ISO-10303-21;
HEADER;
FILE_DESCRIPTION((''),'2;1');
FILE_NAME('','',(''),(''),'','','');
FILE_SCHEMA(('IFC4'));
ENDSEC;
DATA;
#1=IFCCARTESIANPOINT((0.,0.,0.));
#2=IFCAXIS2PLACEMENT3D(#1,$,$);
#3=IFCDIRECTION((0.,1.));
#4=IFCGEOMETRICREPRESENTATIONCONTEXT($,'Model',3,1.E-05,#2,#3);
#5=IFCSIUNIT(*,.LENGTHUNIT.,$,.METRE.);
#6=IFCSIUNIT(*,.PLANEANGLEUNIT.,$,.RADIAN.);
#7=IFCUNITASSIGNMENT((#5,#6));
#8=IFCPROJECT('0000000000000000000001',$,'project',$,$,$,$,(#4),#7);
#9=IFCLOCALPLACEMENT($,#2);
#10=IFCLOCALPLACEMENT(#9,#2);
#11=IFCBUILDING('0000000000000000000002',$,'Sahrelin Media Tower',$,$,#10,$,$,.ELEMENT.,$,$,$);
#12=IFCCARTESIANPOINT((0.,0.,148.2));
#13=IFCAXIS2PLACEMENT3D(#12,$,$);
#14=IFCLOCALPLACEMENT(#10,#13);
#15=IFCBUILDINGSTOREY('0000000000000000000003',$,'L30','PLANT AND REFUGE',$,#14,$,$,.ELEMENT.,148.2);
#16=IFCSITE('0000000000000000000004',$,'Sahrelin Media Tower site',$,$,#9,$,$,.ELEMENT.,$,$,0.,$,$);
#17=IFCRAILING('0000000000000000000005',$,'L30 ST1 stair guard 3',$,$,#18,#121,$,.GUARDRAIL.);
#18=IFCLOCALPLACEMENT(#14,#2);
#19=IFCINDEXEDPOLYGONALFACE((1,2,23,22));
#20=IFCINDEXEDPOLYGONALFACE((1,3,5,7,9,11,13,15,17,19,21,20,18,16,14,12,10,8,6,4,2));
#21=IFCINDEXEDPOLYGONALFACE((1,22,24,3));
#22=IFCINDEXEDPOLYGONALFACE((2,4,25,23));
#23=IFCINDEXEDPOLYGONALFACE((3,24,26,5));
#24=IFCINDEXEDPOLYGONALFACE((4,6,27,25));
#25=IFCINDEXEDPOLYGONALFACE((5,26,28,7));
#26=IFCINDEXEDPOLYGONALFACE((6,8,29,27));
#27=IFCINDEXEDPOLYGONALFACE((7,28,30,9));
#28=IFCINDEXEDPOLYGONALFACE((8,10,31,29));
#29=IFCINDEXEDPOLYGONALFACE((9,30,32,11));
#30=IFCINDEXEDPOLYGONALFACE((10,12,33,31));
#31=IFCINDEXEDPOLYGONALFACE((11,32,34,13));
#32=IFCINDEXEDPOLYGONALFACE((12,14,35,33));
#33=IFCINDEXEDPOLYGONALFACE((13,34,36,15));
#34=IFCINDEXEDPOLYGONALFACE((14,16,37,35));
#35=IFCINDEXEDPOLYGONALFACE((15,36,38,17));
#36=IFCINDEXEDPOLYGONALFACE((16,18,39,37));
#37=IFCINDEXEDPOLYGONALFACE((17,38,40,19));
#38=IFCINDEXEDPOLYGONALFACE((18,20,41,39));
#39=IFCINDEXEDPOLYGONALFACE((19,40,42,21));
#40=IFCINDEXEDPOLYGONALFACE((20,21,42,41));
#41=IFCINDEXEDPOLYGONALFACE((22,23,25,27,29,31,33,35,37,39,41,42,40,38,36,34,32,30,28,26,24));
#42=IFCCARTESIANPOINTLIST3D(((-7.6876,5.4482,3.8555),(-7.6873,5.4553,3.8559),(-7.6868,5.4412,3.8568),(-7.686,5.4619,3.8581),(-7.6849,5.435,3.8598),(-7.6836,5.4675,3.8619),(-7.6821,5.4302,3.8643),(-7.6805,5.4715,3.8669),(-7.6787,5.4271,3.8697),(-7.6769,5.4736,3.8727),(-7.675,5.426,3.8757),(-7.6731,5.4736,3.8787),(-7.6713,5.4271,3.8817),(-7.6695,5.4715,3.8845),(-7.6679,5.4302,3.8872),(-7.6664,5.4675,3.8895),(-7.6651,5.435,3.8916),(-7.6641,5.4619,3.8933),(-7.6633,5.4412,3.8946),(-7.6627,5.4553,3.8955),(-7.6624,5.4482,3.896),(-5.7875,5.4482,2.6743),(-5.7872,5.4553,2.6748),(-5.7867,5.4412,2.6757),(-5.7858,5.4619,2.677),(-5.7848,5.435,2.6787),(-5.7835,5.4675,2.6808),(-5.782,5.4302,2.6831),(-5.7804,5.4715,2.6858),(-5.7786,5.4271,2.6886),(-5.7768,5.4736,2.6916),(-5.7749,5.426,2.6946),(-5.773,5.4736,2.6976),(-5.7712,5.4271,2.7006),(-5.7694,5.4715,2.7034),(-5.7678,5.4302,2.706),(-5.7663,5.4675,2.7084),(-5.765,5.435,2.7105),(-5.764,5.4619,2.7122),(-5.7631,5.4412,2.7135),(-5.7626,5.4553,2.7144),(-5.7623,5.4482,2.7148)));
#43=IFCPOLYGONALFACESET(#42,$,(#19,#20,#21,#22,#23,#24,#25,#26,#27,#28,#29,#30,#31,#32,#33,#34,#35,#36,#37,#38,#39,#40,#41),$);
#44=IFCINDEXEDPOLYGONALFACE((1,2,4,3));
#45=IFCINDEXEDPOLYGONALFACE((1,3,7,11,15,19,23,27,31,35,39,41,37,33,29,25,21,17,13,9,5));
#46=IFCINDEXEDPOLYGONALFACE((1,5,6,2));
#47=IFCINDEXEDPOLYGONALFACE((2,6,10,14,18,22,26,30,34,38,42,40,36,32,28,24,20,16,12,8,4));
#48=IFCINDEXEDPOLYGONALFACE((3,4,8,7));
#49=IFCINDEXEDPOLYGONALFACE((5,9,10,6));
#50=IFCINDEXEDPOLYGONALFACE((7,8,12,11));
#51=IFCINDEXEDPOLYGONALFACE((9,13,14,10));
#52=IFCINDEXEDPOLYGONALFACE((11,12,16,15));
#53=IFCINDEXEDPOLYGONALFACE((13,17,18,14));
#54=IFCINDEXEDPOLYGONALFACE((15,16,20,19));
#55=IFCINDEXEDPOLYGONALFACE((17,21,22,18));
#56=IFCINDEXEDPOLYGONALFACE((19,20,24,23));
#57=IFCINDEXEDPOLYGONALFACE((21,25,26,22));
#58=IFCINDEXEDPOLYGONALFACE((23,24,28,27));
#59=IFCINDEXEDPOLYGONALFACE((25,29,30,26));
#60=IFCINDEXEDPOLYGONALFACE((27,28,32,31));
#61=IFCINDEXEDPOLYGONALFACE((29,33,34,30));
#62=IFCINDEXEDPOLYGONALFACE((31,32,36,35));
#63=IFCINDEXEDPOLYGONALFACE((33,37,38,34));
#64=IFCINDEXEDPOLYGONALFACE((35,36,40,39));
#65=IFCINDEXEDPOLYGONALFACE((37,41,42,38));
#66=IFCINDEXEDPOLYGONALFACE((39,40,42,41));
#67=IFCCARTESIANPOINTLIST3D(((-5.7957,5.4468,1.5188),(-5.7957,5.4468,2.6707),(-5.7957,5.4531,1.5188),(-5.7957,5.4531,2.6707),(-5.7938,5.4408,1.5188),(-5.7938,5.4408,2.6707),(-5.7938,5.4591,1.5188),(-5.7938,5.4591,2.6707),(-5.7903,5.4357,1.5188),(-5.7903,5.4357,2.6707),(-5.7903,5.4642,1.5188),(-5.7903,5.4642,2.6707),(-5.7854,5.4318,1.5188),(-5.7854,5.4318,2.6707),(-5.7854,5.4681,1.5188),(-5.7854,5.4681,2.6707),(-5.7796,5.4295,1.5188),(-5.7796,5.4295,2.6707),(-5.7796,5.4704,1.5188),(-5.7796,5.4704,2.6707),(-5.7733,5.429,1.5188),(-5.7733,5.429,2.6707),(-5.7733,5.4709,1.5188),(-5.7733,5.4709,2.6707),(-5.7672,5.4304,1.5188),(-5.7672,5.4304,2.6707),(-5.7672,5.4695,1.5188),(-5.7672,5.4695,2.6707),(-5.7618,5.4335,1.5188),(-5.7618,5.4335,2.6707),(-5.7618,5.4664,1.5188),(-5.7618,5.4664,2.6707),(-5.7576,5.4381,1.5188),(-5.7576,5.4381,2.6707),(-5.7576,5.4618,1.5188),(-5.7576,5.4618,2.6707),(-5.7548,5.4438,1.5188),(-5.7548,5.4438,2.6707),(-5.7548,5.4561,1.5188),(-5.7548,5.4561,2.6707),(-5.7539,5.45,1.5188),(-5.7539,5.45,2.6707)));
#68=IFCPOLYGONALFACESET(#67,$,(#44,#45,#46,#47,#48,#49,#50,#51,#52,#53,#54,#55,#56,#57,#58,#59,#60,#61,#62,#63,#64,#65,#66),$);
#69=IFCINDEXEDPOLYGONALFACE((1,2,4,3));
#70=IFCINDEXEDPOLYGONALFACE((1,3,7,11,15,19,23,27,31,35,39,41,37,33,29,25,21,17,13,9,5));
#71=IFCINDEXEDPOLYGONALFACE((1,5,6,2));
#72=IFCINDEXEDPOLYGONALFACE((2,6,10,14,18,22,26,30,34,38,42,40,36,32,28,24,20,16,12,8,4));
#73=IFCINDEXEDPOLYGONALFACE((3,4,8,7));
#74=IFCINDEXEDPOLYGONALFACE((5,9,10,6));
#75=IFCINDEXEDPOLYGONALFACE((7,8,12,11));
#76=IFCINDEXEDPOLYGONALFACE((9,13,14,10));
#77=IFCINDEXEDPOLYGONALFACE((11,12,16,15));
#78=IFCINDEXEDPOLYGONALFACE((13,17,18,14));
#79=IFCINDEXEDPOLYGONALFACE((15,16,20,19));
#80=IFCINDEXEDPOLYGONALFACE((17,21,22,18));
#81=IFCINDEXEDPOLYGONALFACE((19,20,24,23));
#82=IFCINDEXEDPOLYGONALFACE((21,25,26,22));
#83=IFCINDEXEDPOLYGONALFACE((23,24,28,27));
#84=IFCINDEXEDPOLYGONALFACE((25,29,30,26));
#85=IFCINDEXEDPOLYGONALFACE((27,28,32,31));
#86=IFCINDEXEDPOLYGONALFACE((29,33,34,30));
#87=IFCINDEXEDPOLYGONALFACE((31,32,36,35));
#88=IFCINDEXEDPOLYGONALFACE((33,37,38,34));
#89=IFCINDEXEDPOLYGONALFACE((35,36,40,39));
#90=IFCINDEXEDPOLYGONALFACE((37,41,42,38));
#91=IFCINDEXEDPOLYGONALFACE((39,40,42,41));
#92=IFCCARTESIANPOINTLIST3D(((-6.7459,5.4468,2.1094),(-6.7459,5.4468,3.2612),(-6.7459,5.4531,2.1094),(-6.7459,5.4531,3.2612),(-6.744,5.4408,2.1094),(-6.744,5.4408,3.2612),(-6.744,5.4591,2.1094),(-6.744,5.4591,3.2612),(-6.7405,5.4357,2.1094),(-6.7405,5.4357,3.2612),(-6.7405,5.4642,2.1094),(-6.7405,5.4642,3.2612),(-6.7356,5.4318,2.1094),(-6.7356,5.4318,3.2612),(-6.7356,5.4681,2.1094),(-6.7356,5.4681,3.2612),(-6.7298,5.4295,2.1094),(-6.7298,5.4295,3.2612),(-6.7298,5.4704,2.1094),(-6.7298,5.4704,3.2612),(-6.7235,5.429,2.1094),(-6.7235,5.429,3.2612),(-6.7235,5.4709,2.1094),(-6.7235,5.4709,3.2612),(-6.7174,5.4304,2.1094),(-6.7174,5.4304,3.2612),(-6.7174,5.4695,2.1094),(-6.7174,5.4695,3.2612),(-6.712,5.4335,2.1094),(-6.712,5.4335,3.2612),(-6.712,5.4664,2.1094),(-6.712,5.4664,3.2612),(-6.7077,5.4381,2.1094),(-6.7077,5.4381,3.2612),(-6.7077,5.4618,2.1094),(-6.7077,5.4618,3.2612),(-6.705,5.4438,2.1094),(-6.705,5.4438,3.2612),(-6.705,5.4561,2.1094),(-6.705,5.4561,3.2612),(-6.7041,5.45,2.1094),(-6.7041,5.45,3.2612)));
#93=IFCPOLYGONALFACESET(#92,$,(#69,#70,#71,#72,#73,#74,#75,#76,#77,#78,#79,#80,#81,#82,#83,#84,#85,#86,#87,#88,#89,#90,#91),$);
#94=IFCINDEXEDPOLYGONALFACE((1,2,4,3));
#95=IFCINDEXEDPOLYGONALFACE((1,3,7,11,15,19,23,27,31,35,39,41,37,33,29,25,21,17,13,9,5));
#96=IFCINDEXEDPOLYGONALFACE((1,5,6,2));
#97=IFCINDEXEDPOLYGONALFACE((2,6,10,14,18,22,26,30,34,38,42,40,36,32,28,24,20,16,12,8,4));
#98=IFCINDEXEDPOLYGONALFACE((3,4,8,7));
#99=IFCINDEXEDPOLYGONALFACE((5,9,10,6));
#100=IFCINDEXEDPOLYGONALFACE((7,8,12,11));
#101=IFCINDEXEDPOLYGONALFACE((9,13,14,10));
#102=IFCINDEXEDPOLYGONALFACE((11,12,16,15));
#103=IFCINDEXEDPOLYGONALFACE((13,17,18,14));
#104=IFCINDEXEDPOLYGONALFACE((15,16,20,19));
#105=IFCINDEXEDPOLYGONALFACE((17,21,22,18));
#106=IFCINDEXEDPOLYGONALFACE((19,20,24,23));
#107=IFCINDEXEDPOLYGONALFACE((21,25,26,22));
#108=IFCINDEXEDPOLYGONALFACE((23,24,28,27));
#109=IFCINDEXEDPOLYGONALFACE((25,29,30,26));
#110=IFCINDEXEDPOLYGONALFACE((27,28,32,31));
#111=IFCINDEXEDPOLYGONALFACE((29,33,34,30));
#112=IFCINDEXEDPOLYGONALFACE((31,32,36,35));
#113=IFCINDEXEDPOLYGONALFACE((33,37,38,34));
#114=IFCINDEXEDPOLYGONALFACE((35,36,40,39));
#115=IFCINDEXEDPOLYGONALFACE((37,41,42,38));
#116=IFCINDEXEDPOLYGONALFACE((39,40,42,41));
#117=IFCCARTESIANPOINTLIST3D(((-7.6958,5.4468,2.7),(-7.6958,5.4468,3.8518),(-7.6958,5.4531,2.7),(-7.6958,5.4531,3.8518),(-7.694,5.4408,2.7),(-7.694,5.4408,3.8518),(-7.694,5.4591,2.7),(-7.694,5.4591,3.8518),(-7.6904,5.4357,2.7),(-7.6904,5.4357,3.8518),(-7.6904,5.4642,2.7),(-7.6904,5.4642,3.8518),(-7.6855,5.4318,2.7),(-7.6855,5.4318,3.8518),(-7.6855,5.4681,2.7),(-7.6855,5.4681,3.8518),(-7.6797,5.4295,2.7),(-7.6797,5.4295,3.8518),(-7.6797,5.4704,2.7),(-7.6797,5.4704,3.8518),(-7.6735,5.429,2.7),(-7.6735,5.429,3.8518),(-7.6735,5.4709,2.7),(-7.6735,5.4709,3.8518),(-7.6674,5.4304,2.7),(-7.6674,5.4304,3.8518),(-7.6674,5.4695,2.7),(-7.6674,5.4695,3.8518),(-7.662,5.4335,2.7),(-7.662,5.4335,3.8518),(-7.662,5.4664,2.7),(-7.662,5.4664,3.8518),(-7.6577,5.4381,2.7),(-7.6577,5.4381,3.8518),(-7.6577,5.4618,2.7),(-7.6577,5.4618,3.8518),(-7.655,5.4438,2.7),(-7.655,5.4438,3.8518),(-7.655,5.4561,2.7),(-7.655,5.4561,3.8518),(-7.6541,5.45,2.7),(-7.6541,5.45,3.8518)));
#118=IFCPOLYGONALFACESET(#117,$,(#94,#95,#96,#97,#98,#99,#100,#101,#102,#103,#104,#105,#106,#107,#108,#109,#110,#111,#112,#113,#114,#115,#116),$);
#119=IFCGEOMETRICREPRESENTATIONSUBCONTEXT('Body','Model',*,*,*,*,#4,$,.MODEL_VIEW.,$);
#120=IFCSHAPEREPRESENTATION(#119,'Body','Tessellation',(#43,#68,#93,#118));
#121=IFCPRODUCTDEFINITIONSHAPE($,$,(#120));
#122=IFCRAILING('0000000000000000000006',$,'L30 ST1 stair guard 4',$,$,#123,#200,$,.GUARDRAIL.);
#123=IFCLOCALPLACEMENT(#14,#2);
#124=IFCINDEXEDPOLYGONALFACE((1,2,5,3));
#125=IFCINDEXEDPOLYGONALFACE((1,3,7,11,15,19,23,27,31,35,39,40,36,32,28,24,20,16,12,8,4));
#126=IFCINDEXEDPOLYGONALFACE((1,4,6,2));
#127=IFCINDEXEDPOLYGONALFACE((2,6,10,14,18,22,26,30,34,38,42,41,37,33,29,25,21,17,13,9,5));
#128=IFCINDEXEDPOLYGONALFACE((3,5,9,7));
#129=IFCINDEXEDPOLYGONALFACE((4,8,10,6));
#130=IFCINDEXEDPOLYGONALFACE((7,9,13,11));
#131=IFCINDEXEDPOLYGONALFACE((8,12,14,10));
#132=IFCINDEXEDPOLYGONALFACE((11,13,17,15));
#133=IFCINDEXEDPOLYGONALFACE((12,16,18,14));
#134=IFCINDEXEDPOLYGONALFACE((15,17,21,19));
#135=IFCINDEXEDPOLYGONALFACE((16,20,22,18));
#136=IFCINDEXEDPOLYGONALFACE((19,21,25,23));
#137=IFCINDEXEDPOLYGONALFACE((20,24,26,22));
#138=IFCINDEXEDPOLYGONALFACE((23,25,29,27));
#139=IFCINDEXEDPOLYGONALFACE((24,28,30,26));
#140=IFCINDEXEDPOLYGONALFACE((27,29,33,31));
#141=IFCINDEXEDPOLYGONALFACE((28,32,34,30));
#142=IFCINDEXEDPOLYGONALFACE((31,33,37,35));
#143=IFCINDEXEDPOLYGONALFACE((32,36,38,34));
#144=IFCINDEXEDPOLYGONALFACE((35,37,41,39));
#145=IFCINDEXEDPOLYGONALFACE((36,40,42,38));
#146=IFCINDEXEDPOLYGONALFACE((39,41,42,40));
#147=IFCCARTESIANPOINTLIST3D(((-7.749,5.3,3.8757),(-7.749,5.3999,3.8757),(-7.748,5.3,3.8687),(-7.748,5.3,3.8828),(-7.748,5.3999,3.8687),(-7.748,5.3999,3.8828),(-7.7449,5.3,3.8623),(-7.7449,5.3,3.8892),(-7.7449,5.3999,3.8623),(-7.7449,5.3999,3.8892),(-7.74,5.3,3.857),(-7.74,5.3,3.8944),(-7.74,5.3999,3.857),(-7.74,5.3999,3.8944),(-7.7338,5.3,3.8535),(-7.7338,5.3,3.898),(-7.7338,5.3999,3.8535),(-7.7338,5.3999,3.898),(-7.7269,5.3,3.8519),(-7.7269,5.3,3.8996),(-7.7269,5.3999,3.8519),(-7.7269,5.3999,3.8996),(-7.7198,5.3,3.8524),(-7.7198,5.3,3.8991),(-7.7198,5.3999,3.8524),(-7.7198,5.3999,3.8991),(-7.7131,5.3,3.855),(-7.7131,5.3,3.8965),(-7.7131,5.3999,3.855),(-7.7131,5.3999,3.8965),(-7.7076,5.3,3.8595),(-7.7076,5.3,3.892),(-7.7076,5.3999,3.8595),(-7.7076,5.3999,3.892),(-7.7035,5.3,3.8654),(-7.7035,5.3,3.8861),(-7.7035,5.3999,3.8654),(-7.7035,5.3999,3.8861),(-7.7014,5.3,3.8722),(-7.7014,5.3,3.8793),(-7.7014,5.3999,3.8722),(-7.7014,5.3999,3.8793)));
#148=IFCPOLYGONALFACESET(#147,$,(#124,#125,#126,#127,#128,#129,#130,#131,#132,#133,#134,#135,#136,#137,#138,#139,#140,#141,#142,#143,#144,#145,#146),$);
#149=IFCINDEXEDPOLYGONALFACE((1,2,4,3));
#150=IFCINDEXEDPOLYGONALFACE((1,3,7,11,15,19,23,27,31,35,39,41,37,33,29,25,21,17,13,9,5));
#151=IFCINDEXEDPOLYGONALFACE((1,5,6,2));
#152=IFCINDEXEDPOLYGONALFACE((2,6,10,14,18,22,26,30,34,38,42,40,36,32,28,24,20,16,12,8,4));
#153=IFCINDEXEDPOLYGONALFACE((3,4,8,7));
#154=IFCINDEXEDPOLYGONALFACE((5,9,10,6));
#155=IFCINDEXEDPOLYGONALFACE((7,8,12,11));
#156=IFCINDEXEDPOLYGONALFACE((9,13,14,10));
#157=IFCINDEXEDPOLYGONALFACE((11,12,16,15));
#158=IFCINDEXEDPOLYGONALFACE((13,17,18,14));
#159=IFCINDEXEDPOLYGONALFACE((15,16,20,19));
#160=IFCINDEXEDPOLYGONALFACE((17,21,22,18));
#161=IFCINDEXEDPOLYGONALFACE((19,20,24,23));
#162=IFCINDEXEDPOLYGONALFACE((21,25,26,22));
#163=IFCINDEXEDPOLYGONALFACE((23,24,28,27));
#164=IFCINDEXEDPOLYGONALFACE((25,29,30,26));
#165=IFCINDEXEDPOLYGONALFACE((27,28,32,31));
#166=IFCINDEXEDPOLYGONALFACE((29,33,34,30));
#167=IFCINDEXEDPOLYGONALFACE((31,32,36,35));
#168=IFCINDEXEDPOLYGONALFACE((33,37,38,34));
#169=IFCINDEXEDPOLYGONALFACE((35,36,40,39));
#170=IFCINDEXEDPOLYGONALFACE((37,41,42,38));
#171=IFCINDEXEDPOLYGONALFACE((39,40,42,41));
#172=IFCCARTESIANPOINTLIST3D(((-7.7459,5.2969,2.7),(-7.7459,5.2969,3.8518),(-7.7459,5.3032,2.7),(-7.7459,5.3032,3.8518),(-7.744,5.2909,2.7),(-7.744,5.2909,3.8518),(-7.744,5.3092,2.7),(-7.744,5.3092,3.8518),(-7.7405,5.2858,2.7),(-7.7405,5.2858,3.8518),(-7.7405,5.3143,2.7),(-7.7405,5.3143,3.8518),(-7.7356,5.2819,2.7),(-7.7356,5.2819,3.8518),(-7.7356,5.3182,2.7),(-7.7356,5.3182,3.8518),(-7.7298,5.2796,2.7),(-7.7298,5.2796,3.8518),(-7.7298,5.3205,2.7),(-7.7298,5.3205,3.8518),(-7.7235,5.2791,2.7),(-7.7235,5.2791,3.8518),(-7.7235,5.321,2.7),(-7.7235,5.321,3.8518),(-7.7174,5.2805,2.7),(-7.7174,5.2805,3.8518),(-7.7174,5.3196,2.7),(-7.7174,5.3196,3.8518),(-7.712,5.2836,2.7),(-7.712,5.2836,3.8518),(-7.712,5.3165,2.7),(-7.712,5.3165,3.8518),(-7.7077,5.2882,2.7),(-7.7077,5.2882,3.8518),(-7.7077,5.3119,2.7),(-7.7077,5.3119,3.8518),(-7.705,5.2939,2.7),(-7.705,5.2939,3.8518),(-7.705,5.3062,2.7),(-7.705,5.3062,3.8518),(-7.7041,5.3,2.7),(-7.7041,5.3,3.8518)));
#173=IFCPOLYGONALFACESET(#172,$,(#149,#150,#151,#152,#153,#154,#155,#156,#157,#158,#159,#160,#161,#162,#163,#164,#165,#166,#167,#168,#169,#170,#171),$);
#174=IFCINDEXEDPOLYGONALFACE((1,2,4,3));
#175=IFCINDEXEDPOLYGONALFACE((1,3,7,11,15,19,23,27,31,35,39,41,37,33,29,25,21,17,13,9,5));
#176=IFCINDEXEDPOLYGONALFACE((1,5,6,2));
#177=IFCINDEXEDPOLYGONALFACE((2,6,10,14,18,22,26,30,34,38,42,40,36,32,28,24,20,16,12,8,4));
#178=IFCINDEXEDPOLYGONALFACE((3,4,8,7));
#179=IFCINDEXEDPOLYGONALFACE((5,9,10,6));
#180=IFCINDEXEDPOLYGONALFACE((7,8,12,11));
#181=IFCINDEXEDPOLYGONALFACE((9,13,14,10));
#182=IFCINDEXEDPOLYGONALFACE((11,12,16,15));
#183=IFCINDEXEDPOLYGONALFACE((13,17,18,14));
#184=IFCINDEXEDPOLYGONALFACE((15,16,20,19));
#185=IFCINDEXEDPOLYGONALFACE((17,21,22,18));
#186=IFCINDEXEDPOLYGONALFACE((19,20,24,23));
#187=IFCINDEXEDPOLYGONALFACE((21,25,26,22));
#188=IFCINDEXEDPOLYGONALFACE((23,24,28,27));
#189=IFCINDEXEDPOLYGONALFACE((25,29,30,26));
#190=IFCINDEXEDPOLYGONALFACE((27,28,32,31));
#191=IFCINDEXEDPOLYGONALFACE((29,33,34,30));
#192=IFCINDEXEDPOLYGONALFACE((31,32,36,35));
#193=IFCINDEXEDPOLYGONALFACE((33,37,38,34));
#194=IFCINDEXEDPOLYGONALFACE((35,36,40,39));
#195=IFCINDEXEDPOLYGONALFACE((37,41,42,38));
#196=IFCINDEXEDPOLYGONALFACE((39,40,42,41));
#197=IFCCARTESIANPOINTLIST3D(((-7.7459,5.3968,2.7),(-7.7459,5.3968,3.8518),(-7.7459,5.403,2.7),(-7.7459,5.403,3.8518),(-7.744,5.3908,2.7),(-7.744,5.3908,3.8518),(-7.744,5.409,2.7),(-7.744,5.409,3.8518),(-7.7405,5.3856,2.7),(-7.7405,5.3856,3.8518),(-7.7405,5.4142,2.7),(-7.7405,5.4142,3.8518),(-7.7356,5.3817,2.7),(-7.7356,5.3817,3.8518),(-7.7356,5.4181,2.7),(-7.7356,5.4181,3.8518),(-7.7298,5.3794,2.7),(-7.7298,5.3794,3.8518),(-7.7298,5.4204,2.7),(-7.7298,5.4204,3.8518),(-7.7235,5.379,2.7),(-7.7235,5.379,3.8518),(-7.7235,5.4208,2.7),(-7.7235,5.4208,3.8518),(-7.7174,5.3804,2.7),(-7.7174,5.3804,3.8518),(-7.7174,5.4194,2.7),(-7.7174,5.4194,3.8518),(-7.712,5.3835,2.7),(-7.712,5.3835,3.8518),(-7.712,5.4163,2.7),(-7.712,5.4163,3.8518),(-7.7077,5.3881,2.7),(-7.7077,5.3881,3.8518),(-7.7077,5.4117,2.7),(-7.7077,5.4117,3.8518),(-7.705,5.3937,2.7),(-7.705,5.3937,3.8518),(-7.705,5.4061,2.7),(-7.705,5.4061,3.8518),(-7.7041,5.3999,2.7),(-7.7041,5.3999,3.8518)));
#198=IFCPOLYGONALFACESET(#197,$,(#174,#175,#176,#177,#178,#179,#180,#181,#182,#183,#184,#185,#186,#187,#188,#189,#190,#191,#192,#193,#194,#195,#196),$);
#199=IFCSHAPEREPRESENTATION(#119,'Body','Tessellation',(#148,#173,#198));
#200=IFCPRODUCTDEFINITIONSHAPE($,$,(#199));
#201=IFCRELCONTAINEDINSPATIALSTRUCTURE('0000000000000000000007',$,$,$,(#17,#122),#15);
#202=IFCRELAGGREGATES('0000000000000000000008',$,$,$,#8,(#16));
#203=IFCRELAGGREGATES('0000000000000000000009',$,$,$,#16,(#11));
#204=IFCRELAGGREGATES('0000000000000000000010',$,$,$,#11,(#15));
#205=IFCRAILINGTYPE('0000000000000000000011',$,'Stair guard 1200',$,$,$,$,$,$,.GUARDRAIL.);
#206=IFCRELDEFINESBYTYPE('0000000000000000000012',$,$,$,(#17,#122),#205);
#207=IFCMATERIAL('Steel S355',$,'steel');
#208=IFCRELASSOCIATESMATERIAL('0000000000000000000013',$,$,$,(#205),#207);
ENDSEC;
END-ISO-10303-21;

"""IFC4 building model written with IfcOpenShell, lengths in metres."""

from ifc_helpers import new_model, si_unit, direction, frame, origin, origin_2d, place, context, subcontext, project, spatial, circle, extrude, material, type_object, element, save


model = new_model("IFC4")

# Units and contexts
model_context = context("Model", 3, precision=1e-05, world=origin(), true_north=direction((0.0, 1.0)))
body_context = subcontext(model_context, "Body", "Model", "MODEL_VIEW")
ifc_project = project(units=[si_unit("LENGTHUNIT", "METRE"), si_unit("PLANEANGLEUNIT", "RADIAN")], contexts=[model_context])

# Site, building, storey
site_placement = place(None, origin())
site = spatial("IfcSite", under=ifc_project, at=site_placement, Name="Sahrelin Media Tower site", CompositionType="ELEMENT", RefElevation=0.0)
building_placement = place(site_placement, origin())
building = spatial("IfcBuilding", under=site, at=building_placement, Name="Sahrelin Media Tower", CompositionType="ELEMENT")
storey_placement = place(building_placement, frame((0.0, 0.0, 148.2)))
storey = spatial("IfcBuildingStorey", under=building, at=storey_placement, Name="L30", Description="PLANT AND REFUGE", CompositionType="ELEMENT", Elevation=148.2)

# Shared definitions
ifc_material_1 = material(Name="Steel S355", Category="steel")

# Railings
railing_type_1 = type_object("IfcRailingType", Name="Stair guard 1200", PredefinedType="GUARDRAIL", material=ifc_material_1)
railing_1_placement = place(storey_placement, frame((-5.7749, 5.45, 1.5188)))
element("IfcRailing", 1, at=railing_1_placement, inside=storey, type_object=railing_type_1, Name="L30 ST1 stair guard 3", PredefinedType="GUARDRAIL", context=body_context, shape_type="SweptSolid", body=[
    extrude(circle(Radius=0.0239, at=origin_2d()), frame((0.0, 0.0, 1.1758), z_axis=(-0.849289, 0.0, 0.527928), x_axis=(0.0, -1.0, 0.0)), (0.0, 0.0, 1.0), 2.2373),
    extrude(circle(Radius=0.021, at=origin_2d()), origin(), (0.0, 0.0, 1.0), 1.1519),
    extrude(circle(Radius=0.021, at=origin_2d()), frame((-0.9502, 0.0, 0.5906)), (0.0, 0.0, 1.0), 1.1519),
    extrude(circle(Radius=0.021, at=origin_2d()), frame((-1.9001, 0.0, 1.1812)), (0.0, 0.0, 1.0), 1.1519),
])
railing_2_placement = place(storey_placement, frame((-7.7251, 5.3, 2.7)))
element("IfcRailing", 2, at=railing_2_placement, inside=storey, type_object=railing_type_1, Name="L30 ST1 stair guard 4", PredefinedType="GUARDRAIL", context=body_context, shape_type="SweptSolid", body=[
    extrude(circle(Radius=0.0239, at=origin_2d()), frame((0.0, 0.0, 1.1758), z_axis=(0.0, 1.0, 0.0), x_axis=(-1.0, 0.0, 0.0)), (0.0, 0.0, 1.0), 0.0999),
    extrude(circle(Radius=0.021, at=origin_2d()), origin(), (0.0, 0.0, 1.0), 1.1519),
    extrude(circle(Radius=0.021, at=origin_2d()), frame((0.0, 0.0999, 0.0)), (0.0, 0.0, 1.0), 1.1519),
])

save(model, "model.ifc")
